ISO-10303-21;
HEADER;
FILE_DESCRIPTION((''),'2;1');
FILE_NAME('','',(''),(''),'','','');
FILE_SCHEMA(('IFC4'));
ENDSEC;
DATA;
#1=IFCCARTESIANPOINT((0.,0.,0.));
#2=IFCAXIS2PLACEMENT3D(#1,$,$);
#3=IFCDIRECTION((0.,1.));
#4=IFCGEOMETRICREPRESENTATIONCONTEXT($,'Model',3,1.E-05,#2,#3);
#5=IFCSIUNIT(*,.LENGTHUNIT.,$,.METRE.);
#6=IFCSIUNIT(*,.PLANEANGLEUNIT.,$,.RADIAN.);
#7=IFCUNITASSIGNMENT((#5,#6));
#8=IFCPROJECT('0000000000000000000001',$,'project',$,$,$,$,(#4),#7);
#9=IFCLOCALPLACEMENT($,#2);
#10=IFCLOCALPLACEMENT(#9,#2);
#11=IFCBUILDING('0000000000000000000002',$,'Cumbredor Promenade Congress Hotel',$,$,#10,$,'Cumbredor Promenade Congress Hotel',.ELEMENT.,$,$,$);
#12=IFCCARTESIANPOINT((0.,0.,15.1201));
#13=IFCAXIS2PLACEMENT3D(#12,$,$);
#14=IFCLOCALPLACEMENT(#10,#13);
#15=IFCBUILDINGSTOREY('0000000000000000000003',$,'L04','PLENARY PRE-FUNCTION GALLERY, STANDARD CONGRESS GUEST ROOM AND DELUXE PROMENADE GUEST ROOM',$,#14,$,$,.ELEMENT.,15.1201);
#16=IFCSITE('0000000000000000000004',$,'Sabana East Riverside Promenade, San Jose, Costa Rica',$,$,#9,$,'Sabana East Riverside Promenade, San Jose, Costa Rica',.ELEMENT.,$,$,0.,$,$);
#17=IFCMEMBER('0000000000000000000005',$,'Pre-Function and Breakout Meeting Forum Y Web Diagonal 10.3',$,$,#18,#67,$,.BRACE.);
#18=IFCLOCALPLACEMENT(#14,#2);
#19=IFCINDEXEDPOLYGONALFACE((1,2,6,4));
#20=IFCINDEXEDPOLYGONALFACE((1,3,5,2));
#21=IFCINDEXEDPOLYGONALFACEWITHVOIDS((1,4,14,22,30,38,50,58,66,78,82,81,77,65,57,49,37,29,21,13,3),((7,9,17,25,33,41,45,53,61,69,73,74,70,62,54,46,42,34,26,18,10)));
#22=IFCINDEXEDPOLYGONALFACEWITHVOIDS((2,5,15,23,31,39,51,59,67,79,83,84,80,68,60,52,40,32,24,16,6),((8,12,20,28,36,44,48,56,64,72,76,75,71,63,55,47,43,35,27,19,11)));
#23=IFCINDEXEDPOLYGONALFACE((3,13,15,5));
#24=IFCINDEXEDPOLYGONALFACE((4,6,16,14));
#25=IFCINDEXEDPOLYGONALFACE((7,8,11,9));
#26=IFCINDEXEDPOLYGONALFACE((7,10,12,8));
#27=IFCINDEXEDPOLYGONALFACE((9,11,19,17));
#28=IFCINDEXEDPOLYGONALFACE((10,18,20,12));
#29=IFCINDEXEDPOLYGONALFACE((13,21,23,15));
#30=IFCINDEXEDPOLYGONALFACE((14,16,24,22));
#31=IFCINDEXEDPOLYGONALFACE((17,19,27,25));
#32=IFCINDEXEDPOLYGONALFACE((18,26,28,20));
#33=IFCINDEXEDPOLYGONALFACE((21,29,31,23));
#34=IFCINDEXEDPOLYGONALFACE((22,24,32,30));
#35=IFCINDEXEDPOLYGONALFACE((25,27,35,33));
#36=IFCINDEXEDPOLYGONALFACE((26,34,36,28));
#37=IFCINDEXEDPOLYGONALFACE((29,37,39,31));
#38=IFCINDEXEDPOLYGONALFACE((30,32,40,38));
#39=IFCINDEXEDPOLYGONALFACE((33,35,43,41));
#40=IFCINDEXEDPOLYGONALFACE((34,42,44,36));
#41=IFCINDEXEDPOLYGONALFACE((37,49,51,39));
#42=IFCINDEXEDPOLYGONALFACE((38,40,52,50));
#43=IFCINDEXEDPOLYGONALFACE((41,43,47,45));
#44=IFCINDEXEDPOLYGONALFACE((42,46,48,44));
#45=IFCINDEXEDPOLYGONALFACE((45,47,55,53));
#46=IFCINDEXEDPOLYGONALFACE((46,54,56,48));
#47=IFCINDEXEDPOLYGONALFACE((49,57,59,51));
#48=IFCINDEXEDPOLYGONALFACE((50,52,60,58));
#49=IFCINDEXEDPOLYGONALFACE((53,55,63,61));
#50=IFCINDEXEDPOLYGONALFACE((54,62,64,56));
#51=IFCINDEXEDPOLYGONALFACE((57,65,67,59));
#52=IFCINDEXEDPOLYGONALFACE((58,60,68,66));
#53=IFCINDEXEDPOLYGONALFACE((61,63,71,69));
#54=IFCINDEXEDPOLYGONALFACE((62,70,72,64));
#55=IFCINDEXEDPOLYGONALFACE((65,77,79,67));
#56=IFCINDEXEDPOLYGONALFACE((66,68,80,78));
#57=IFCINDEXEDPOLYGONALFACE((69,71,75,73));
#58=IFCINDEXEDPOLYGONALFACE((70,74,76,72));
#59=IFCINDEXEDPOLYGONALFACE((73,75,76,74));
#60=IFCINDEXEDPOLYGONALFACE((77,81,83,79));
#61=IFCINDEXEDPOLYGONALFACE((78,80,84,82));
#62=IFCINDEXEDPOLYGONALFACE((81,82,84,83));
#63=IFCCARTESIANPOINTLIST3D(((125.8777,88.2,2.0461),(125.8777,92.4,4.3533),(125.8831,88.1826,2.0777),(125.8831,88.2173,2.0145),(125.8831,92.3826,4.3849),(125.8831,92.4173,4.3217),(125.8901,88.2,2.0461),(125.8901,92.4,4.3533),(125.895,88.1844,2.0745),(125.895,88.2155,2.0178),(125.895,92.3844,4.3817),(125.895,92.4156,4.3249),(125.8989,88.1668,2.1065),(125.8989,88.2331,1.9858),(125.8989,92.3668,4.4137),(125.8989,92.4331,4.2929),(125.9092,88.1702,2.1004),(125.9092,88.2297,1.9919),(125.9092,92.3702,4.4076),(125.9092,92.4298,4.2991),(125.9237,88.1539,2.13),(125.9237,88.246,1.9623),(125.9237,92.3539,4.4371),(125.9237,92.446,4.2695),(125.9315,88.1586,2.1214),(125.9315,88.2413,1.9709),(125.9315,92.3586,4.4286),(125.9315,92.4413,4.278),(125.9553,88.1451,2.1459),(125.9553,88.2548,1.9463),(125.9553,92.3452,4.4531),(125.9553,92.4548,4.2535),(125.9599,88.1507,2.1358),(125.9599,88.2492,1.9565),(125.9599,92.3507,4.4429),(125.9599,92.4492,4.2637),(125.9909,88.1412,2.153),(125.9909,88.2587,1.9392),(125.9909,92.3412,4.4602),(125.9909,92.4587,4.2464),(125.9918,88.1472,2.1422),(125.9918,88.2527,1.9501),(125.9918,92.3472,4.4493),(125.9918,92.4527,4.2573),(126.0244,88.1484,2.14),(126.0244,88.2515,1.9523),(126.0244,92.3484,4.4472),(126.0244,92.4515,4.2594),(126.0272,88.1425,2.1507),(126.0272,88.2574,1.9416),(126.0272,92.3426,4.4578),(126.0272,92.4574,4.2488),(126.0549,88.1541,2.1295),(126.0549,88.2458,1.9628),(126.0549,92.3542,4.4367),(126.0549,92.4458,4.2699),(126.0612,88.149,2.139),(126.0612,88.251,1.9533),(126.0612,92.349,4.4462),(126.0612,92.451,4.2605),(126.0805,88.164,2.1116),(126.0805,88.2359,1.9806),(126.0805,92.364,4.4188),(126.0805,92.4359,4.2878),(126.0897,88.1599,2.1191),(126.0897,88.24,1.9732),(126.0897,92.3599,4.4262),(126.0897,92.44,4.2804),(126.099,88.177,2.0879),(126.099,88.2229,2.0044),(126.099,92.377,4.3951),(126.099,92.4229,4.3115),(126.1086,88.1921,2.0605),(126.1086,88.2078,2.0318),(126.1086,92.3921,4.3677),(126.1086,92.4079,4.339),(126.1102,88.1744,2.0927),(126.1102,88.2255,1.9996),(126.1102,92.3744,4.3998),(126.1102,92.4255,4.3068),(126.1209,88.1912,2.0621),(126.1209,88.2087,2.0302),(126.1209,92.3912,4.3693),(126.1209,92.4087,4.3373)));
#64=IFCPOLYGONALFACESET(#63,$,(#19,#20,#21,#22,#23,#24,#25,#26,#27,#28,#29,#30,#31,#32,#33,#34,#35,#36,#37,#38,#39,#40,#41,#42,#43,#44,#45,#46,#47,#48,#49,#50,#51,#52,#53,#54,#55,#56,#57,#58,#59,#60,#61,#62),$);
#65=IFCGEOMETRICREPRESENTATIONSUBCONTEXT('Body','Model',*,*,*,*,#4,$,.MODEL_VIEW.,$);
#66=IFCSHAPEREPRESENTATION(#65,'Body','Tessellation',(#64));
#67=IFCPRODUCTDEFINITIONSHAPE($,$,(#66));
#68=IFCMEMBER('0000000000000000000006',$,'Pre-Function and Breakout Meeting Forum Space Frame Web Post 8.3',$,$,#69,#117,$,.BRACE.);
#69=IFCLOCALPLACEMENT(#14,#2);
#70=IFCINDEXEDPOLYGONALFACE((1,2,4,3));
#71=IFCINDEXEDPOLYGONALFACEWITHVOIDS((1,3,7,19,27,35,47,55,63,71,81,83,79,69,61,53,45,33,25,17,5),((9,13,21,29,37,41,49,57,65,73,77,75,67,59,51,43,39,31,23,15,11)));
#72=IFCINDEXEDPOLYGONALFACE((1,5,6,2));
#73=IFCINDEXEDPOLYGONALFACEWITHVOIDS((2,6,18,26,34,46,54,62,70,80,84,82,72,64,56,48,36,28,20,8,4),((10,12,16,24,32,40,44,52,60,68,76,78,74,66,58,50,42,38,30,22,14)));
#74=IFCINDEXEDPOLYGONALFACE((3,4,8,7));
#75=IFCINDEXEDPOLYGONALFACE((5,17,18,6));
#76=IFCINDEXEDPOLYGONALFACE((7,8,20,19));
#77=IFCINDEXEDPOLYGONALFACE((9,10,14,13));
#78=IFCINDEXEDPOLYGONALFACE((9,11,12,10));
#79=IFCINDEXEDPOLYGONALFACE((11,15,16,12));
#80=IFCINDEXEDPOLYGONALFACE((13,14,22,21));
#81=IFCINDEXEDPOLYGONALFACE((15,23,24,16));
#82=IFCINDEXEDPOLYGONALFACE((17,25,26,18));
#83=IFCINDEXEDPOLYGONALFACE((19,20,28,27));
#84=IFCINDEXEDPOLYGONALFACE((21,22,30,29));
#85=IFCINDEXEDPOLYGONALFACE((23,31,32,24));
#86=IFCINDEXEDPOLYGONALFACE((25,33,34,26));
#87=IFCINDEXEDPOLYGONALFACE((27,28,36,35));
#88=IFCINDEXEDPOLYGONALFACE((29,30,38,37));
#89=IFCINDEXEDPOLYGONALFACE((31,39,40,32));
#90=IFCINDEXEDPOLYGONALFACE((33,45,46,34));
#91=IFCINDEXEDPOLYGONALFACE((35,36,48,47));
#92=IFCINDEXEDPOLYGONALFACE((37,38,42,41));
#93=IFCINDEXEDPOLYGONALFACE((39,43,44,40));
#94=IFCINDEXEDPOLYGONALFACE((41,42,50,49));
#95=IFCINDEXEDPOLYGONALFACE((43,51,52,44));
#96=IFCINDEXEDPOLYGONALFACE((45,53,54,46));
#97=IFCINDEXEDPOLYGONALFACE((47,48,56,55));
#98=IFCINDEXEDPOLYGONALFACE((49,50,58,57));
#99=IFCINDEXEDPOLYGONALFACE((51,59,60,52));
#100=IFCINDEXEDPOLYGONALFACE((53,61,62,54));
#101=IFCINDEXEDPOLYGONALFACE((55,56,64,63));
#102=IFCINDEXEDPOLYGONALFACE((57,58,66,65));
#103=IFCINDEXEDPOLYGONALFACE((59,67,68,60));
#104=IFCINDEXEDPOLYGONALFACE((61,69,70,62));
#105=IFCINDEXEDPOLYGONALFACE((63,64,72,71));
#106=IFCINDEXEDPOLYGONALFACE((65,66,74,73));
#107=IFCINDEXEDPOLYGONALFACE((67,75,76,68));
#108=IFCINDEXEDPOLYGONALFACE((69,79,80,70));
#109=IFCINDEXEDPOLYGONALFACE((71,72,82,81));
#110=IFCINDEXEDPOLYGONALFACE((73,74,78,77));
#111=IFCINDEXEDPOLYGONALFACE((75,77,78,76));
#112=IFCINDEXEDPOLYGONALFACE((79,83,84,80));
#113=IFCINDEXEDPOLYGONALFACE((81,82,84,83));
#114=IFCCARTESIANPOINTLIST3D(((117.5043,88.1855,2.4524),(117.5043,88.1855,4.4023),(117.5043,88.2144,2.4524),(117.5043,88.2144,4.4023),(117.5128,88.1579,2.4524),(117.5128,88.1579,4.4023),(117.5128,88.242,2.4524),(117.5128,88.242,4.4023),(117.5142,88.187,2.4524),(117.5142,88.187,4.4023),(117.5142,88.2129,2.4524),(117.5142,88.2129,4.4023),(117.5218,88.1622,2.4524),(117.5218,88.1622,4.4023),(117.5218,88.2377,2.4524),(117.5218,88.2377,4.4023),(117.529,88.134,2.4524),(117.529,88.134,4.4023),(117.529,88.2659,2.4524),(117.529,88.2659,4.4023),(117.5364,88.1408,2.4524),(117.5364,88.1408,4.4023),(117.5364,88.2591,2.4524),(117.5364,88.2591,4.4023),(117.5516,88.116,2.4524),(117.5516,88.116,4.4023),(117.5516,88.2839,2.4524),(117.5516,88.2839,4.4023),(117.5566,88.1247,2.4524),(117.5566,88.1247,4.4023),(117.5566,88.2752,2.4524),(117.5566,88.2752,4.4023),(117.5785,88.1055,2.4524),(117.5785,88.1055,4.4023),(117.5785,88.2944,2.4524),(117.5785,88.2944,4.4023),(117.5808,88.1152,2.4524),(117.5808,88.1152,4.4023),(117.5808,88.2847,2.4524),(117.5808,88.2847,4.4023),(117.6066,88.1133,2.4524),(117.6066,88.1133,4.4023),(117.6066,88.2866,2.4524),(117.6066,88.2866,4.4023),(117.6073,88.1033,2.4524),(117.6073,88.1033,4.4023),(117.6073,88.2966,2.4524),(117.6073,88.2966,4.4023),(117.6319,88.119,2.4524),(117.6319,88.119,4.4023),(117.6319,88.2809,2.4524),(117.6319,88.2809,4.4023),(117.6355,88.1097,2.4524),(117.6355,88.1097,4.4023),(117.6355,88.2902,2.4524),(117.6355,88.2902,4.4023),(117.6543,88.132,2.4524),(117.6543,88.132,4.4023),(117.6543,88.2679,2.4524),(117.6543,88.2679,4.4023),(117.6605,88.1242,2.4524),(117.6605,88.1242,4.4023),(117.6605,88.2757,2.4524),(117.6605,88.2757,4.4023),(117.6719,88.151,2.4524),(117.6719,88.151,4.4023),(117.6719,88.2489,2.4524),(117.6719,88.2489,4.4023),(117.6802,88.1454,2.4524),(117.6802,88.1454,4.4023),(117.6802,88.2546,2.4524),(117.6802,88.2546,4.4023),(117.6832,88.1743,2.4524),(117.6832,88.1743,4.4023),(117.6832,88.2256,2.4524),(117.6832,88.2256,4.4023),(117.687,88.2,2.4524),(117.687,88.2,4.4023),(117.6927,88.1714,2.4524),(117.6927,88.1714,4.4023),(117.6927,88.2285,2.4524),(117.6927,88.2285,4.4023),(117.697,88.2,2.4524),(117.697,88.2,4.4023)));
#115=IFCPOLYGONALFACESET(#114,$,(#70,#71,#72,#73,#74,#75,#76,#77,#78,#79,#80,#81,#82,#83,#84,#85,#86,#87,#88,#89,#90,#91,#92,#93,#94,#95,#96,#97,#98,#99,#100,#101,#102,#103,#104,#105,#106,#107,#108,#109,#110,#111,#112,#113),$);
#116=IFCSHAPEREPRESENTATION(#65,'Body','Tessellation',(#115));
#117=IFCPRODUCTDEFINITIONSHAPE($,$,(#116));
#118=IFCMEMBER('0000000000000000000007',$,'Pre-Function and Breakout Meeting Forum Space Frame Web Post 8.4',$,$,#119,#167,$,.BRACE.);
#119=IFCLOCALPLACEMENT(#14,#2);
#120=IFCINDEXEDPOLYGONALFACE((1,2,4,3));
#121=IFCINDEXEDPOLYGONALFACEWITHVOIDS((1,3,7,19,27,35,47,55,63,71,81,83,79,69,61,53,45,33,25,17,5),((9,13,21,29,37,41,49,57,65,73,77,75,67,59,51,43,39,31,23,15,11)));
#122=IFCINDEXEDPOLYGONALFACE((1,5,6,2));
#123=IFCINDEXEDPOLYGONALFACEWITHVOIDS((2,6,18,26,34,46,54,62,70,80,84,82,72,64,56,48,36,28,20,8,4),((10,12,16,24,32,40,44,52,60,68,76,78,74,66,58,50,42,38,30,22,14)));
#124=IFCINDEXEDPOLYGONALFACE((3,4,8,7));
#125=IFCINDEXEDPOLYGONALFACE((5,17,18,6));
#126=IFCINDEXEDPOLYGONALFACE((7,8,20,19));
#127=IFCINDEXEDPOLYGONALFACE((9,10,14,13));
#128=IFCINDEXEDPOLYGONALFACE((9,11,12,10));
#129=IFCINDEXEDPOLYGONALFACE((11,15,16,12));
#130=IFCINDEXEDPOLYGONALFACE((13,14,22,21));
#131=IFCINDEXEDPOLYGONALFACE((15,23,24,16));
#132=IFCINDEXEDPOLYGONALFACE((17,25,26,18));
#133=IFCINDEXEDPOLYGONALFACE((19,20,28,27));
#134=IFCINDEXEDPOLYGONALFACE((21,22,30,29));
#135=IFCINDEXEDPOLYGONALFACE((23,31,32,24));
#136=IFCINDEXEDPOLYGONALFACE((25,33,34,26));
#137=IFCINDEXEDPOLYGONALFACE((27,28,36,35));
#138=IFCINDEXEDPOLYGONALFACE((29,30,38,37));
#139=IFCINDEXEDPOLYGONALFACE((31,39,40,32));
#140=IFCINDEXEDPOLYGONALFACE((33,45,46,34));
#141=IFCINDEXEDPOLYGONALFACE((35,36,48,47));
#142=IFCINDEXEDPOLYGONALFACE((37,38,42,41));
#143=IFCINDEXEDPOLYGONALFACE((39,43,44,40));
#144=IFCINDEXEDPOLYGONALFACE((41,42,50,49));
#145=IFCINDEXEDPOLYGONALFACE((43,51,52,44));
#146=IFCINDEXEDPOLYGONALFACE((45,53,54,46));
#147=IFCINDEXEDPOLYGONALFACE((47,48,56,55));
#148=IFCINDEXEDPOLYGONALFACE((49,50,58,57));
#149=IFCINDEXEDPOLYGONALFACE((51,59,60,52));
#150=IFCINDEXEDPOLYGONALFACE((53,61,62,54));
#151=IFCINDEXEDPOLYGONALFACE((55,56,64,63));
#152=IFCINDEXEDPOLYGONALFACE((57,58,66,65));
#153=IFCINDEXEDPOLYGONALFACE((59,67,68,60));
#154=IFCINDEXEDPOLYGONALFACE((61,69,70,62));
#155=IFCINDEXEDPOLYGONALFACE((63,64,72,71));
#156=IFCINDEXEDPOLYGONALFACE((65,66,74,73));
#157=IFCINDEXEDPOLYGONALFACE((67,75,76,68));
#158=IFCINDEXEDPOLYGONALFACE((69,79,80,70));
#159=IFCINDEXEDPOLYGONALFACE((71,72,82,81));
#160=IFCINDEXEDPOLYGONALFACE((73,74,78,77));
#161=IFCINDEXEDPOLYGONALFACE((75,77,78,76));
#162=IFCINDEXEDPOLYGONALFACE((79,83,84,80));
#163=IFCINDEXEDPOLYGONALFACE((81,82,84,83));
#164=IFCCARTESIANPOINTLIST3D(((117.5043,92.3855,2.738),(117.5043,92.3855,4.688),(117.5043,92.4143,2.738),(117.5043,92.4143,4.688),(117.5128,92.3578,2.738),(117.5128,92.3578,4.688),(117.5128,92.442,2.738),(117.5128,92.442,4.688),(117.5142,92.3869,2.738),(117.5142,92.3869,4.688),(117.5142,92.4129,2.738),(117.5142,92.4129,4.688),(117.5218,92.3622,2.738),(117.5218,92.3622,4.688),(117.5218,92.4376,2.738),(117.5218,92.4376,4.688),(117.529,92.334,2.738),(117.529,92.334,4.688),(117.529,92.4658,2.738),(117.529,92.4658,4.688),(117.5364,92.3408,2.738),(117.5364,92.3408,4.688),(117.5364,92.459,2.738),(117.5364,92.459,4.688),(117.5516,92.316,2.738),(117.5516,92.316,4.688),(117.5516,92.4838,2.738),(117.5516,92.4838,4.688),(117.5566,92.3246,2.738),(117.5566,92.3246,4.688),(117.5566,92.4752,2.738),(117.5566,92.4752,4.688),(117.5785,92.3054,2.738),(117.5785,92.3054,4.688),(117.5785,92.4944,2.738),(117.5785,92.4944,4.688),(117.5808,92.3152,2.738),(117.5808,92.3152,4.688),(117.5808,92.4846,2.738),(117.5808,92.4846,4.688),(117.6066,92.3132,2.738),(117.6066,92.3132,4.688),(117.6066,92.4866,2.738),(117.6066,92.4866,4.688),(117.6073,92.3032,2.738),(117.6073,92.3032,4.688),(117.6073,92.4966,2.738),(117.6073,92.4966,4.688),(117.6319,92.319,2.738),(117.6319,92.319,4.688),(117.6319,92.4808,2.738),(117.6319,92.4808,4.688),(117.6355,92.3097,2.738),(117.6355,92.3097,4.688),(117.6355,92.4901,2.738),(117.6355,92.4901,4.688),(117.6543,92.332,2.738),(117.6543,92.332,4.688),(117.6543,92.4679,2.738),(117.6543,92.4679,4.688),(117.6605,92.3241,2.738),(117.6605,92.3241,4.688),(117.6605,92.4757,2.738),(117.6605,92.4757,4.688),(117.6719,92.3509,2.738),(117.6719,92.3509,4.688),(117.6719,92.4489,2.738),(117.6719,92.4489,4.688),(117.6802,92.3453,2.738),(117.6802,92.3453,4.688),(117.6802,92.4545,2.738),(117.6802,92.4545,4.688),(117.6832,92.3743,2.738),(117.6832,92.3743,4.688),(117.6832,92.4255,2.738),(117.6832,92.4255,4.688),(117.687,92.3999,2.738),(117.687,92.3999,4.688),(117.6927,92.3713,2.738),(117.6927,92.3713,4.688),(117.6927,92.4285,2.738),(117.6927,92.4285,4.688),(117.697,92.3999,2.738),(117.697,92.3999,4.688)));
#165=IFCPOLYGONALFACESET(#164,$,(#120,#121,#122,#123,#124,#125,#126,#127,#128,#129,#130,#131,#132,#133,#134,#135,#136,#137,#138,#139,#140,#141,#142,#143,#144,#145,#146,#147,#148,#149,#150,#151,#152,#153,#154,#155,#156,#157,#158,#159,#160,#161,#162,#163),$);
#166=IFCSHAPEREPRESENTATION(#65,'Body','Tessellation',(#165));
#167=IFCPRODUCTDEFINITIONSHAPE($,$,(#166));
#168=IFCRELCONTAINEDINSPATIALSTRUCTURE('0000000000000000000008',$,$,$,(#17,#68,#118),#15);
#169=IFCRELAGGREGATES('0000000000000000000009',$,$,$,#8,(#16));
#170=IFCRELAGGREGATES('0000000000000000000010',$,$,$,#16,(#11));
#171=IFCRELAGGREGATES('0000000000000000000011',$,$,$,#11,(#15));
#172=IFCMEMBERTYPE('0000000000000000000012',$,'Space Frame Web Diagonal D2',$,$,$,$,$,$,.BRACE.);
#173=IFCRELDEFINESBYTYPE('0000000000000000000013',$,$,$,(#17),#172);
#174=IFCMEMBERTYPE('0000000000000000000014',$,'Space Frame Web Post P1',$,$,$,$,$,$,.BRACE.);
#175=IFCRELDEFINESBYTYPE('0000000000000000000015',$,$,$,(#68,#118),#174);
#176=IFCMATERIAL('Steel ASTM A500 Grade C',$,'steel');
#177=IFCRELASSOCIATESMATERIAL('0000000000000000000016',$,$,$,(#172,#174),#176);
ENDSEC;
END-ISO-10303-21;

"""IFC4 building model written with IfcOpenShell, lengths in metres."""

from ifc_helpers import new_model, si_unit, direction, frame, origin, origin_2d, place, context, subcontext, project, spatial, hollow_circle, extrude, material, material_profile, profile_set, type_object, element, save


model = new_model("IFC4")

# Units and contexts
model_context = context("Model", 3, precision=1e-05, world=origin(), true_north=direction((0.0, 1.0)))
body_context = subcontext(model_context, "Body", "Model", "MODEL_VIEW")
ifc_project = project(units=[si_unit("LENGTHUNIT", "METRE"), si_unit("PLANEANGLEUNIT", "RADIAN")], contexts=[model_context])

# Site, building, storey
site_placement = place(None, origin())
site = spatial("IfcSite", under=ifc_project, at=site_placement, Name="Sabana East Riverside Promenade, San Jose, Costa Rica", LongName="Sabana East Riverside Promenade, San Jose, Costa Rica", CompositionType="ELEMENT", RefElevation=0.0)
building_placement = place(site_placement, origin())
building = spatial("IfcBuilding", under=site, at=building_placement, Name="Cumbredor Promenade Congress Hotel", LongName="Cumbredor Promenade Congress Hotel", CompositionType="ELEMENT")
storey_placement = place(building_placement, frame((0.0, 0.0, 15.1201)))
storey = spatial("IfcBuildingStorey", under=building, at=storey_placement, Name="L04", Description="PLENARY PRE-FUNCTION GALLERY, STANDARD CONGRESS GUEST ROOM AND DELUXE PROMENADE GUEST ROOM", CompositionType="ELEMENT", Elevation=15.1201)

# Members
ifc_material_1 = material(Name="Steel ASTM A500 Grade C", Category="steel")
ifc_material_profile_1 = material_profile(ifc_material_1, hollow_circle(Radius=0.1223, WallThickness=0.0125, at=origin_2d()), Name="CHS 244.5x12.5")
ifc_profile_set_1 = profile_set([ifc_material_profile_1], Name="Steel ASTM A500 Grade C")
member_type_1 = type_object("IfcMemberType", Name="Space Frame Web Diagonal D2", PredefinedType="BRACE", material=ifc_profile_set_1)
member_1_placement = place(storey_placement, frame((126.0, 88.2, 2.0461), z_axis=(0.0, 0.876466, 0.481463), x_axis=(-1.0, 0.0, 0.0)))
element("IfcMember", 1, at=member_1_placement, inside=storey, type_object=member_type_1, Name="Pre-Function and Breakout Meeting Forum Y Web Diagonal 10.3", PredefinedType="BRACE", context=body_context, shape_type="SweptSolid", body=[
    extrude(hollow_circle(Radius=0.1223, WallThickness=0.0125, at=origin_2d()), origin(), (0.0, 0.0, 1.0), 4.792),
])
ifc_material_profile_2 = material_profile(ifc_material_1, hollow_circle(Radius=0.0969, WallThickness=0.01, at=origin_2d()), Name="CHS 193.7x10")
ifc_profile_set_2 = profile_set([ifc_material_profile_2], Name="Steel ASTM A500 Grade C")
member_type_2 = type_object("IfcMemberType", Name="Space Frame Web Post P1", PredefinedType="BRACE", material=ifc_profile_set_2)
for number, where, z_axis, x_axis, name in (
    (2, (117.6001, 88.2, 2.4524), (0.0, 0.0, 1.0), (1.0, 0.0, 0.0), "Pre-Function and Breakout Meeting Forum Space Frame Web Post 8.3"),
    (3, (117.6001, 92.3999, 2.738), (0.0, 0.0, 1.0), (1.0, 0.0, 0.0), "Pre-Function and Breakout Meeting Forum Space Frame Web Post 8.4"),
):
    element("IfcMember", number, at=place(storey_placement, frame(where, z_axis=z_axis, x_axis=x_axis)), inside=storey, type_object=member_type_2, Name=name, PredefinedType="BRACE", context=body_context, shape_type="SweptSolid", body=[
        extrude(hollow_circle(Radius=0.0969, WallThickness=0.01, at=origin_2d()), origin(), (0.0, 0.0, 1.0), 1.95),
    ])

save(model, "model.ifc")
